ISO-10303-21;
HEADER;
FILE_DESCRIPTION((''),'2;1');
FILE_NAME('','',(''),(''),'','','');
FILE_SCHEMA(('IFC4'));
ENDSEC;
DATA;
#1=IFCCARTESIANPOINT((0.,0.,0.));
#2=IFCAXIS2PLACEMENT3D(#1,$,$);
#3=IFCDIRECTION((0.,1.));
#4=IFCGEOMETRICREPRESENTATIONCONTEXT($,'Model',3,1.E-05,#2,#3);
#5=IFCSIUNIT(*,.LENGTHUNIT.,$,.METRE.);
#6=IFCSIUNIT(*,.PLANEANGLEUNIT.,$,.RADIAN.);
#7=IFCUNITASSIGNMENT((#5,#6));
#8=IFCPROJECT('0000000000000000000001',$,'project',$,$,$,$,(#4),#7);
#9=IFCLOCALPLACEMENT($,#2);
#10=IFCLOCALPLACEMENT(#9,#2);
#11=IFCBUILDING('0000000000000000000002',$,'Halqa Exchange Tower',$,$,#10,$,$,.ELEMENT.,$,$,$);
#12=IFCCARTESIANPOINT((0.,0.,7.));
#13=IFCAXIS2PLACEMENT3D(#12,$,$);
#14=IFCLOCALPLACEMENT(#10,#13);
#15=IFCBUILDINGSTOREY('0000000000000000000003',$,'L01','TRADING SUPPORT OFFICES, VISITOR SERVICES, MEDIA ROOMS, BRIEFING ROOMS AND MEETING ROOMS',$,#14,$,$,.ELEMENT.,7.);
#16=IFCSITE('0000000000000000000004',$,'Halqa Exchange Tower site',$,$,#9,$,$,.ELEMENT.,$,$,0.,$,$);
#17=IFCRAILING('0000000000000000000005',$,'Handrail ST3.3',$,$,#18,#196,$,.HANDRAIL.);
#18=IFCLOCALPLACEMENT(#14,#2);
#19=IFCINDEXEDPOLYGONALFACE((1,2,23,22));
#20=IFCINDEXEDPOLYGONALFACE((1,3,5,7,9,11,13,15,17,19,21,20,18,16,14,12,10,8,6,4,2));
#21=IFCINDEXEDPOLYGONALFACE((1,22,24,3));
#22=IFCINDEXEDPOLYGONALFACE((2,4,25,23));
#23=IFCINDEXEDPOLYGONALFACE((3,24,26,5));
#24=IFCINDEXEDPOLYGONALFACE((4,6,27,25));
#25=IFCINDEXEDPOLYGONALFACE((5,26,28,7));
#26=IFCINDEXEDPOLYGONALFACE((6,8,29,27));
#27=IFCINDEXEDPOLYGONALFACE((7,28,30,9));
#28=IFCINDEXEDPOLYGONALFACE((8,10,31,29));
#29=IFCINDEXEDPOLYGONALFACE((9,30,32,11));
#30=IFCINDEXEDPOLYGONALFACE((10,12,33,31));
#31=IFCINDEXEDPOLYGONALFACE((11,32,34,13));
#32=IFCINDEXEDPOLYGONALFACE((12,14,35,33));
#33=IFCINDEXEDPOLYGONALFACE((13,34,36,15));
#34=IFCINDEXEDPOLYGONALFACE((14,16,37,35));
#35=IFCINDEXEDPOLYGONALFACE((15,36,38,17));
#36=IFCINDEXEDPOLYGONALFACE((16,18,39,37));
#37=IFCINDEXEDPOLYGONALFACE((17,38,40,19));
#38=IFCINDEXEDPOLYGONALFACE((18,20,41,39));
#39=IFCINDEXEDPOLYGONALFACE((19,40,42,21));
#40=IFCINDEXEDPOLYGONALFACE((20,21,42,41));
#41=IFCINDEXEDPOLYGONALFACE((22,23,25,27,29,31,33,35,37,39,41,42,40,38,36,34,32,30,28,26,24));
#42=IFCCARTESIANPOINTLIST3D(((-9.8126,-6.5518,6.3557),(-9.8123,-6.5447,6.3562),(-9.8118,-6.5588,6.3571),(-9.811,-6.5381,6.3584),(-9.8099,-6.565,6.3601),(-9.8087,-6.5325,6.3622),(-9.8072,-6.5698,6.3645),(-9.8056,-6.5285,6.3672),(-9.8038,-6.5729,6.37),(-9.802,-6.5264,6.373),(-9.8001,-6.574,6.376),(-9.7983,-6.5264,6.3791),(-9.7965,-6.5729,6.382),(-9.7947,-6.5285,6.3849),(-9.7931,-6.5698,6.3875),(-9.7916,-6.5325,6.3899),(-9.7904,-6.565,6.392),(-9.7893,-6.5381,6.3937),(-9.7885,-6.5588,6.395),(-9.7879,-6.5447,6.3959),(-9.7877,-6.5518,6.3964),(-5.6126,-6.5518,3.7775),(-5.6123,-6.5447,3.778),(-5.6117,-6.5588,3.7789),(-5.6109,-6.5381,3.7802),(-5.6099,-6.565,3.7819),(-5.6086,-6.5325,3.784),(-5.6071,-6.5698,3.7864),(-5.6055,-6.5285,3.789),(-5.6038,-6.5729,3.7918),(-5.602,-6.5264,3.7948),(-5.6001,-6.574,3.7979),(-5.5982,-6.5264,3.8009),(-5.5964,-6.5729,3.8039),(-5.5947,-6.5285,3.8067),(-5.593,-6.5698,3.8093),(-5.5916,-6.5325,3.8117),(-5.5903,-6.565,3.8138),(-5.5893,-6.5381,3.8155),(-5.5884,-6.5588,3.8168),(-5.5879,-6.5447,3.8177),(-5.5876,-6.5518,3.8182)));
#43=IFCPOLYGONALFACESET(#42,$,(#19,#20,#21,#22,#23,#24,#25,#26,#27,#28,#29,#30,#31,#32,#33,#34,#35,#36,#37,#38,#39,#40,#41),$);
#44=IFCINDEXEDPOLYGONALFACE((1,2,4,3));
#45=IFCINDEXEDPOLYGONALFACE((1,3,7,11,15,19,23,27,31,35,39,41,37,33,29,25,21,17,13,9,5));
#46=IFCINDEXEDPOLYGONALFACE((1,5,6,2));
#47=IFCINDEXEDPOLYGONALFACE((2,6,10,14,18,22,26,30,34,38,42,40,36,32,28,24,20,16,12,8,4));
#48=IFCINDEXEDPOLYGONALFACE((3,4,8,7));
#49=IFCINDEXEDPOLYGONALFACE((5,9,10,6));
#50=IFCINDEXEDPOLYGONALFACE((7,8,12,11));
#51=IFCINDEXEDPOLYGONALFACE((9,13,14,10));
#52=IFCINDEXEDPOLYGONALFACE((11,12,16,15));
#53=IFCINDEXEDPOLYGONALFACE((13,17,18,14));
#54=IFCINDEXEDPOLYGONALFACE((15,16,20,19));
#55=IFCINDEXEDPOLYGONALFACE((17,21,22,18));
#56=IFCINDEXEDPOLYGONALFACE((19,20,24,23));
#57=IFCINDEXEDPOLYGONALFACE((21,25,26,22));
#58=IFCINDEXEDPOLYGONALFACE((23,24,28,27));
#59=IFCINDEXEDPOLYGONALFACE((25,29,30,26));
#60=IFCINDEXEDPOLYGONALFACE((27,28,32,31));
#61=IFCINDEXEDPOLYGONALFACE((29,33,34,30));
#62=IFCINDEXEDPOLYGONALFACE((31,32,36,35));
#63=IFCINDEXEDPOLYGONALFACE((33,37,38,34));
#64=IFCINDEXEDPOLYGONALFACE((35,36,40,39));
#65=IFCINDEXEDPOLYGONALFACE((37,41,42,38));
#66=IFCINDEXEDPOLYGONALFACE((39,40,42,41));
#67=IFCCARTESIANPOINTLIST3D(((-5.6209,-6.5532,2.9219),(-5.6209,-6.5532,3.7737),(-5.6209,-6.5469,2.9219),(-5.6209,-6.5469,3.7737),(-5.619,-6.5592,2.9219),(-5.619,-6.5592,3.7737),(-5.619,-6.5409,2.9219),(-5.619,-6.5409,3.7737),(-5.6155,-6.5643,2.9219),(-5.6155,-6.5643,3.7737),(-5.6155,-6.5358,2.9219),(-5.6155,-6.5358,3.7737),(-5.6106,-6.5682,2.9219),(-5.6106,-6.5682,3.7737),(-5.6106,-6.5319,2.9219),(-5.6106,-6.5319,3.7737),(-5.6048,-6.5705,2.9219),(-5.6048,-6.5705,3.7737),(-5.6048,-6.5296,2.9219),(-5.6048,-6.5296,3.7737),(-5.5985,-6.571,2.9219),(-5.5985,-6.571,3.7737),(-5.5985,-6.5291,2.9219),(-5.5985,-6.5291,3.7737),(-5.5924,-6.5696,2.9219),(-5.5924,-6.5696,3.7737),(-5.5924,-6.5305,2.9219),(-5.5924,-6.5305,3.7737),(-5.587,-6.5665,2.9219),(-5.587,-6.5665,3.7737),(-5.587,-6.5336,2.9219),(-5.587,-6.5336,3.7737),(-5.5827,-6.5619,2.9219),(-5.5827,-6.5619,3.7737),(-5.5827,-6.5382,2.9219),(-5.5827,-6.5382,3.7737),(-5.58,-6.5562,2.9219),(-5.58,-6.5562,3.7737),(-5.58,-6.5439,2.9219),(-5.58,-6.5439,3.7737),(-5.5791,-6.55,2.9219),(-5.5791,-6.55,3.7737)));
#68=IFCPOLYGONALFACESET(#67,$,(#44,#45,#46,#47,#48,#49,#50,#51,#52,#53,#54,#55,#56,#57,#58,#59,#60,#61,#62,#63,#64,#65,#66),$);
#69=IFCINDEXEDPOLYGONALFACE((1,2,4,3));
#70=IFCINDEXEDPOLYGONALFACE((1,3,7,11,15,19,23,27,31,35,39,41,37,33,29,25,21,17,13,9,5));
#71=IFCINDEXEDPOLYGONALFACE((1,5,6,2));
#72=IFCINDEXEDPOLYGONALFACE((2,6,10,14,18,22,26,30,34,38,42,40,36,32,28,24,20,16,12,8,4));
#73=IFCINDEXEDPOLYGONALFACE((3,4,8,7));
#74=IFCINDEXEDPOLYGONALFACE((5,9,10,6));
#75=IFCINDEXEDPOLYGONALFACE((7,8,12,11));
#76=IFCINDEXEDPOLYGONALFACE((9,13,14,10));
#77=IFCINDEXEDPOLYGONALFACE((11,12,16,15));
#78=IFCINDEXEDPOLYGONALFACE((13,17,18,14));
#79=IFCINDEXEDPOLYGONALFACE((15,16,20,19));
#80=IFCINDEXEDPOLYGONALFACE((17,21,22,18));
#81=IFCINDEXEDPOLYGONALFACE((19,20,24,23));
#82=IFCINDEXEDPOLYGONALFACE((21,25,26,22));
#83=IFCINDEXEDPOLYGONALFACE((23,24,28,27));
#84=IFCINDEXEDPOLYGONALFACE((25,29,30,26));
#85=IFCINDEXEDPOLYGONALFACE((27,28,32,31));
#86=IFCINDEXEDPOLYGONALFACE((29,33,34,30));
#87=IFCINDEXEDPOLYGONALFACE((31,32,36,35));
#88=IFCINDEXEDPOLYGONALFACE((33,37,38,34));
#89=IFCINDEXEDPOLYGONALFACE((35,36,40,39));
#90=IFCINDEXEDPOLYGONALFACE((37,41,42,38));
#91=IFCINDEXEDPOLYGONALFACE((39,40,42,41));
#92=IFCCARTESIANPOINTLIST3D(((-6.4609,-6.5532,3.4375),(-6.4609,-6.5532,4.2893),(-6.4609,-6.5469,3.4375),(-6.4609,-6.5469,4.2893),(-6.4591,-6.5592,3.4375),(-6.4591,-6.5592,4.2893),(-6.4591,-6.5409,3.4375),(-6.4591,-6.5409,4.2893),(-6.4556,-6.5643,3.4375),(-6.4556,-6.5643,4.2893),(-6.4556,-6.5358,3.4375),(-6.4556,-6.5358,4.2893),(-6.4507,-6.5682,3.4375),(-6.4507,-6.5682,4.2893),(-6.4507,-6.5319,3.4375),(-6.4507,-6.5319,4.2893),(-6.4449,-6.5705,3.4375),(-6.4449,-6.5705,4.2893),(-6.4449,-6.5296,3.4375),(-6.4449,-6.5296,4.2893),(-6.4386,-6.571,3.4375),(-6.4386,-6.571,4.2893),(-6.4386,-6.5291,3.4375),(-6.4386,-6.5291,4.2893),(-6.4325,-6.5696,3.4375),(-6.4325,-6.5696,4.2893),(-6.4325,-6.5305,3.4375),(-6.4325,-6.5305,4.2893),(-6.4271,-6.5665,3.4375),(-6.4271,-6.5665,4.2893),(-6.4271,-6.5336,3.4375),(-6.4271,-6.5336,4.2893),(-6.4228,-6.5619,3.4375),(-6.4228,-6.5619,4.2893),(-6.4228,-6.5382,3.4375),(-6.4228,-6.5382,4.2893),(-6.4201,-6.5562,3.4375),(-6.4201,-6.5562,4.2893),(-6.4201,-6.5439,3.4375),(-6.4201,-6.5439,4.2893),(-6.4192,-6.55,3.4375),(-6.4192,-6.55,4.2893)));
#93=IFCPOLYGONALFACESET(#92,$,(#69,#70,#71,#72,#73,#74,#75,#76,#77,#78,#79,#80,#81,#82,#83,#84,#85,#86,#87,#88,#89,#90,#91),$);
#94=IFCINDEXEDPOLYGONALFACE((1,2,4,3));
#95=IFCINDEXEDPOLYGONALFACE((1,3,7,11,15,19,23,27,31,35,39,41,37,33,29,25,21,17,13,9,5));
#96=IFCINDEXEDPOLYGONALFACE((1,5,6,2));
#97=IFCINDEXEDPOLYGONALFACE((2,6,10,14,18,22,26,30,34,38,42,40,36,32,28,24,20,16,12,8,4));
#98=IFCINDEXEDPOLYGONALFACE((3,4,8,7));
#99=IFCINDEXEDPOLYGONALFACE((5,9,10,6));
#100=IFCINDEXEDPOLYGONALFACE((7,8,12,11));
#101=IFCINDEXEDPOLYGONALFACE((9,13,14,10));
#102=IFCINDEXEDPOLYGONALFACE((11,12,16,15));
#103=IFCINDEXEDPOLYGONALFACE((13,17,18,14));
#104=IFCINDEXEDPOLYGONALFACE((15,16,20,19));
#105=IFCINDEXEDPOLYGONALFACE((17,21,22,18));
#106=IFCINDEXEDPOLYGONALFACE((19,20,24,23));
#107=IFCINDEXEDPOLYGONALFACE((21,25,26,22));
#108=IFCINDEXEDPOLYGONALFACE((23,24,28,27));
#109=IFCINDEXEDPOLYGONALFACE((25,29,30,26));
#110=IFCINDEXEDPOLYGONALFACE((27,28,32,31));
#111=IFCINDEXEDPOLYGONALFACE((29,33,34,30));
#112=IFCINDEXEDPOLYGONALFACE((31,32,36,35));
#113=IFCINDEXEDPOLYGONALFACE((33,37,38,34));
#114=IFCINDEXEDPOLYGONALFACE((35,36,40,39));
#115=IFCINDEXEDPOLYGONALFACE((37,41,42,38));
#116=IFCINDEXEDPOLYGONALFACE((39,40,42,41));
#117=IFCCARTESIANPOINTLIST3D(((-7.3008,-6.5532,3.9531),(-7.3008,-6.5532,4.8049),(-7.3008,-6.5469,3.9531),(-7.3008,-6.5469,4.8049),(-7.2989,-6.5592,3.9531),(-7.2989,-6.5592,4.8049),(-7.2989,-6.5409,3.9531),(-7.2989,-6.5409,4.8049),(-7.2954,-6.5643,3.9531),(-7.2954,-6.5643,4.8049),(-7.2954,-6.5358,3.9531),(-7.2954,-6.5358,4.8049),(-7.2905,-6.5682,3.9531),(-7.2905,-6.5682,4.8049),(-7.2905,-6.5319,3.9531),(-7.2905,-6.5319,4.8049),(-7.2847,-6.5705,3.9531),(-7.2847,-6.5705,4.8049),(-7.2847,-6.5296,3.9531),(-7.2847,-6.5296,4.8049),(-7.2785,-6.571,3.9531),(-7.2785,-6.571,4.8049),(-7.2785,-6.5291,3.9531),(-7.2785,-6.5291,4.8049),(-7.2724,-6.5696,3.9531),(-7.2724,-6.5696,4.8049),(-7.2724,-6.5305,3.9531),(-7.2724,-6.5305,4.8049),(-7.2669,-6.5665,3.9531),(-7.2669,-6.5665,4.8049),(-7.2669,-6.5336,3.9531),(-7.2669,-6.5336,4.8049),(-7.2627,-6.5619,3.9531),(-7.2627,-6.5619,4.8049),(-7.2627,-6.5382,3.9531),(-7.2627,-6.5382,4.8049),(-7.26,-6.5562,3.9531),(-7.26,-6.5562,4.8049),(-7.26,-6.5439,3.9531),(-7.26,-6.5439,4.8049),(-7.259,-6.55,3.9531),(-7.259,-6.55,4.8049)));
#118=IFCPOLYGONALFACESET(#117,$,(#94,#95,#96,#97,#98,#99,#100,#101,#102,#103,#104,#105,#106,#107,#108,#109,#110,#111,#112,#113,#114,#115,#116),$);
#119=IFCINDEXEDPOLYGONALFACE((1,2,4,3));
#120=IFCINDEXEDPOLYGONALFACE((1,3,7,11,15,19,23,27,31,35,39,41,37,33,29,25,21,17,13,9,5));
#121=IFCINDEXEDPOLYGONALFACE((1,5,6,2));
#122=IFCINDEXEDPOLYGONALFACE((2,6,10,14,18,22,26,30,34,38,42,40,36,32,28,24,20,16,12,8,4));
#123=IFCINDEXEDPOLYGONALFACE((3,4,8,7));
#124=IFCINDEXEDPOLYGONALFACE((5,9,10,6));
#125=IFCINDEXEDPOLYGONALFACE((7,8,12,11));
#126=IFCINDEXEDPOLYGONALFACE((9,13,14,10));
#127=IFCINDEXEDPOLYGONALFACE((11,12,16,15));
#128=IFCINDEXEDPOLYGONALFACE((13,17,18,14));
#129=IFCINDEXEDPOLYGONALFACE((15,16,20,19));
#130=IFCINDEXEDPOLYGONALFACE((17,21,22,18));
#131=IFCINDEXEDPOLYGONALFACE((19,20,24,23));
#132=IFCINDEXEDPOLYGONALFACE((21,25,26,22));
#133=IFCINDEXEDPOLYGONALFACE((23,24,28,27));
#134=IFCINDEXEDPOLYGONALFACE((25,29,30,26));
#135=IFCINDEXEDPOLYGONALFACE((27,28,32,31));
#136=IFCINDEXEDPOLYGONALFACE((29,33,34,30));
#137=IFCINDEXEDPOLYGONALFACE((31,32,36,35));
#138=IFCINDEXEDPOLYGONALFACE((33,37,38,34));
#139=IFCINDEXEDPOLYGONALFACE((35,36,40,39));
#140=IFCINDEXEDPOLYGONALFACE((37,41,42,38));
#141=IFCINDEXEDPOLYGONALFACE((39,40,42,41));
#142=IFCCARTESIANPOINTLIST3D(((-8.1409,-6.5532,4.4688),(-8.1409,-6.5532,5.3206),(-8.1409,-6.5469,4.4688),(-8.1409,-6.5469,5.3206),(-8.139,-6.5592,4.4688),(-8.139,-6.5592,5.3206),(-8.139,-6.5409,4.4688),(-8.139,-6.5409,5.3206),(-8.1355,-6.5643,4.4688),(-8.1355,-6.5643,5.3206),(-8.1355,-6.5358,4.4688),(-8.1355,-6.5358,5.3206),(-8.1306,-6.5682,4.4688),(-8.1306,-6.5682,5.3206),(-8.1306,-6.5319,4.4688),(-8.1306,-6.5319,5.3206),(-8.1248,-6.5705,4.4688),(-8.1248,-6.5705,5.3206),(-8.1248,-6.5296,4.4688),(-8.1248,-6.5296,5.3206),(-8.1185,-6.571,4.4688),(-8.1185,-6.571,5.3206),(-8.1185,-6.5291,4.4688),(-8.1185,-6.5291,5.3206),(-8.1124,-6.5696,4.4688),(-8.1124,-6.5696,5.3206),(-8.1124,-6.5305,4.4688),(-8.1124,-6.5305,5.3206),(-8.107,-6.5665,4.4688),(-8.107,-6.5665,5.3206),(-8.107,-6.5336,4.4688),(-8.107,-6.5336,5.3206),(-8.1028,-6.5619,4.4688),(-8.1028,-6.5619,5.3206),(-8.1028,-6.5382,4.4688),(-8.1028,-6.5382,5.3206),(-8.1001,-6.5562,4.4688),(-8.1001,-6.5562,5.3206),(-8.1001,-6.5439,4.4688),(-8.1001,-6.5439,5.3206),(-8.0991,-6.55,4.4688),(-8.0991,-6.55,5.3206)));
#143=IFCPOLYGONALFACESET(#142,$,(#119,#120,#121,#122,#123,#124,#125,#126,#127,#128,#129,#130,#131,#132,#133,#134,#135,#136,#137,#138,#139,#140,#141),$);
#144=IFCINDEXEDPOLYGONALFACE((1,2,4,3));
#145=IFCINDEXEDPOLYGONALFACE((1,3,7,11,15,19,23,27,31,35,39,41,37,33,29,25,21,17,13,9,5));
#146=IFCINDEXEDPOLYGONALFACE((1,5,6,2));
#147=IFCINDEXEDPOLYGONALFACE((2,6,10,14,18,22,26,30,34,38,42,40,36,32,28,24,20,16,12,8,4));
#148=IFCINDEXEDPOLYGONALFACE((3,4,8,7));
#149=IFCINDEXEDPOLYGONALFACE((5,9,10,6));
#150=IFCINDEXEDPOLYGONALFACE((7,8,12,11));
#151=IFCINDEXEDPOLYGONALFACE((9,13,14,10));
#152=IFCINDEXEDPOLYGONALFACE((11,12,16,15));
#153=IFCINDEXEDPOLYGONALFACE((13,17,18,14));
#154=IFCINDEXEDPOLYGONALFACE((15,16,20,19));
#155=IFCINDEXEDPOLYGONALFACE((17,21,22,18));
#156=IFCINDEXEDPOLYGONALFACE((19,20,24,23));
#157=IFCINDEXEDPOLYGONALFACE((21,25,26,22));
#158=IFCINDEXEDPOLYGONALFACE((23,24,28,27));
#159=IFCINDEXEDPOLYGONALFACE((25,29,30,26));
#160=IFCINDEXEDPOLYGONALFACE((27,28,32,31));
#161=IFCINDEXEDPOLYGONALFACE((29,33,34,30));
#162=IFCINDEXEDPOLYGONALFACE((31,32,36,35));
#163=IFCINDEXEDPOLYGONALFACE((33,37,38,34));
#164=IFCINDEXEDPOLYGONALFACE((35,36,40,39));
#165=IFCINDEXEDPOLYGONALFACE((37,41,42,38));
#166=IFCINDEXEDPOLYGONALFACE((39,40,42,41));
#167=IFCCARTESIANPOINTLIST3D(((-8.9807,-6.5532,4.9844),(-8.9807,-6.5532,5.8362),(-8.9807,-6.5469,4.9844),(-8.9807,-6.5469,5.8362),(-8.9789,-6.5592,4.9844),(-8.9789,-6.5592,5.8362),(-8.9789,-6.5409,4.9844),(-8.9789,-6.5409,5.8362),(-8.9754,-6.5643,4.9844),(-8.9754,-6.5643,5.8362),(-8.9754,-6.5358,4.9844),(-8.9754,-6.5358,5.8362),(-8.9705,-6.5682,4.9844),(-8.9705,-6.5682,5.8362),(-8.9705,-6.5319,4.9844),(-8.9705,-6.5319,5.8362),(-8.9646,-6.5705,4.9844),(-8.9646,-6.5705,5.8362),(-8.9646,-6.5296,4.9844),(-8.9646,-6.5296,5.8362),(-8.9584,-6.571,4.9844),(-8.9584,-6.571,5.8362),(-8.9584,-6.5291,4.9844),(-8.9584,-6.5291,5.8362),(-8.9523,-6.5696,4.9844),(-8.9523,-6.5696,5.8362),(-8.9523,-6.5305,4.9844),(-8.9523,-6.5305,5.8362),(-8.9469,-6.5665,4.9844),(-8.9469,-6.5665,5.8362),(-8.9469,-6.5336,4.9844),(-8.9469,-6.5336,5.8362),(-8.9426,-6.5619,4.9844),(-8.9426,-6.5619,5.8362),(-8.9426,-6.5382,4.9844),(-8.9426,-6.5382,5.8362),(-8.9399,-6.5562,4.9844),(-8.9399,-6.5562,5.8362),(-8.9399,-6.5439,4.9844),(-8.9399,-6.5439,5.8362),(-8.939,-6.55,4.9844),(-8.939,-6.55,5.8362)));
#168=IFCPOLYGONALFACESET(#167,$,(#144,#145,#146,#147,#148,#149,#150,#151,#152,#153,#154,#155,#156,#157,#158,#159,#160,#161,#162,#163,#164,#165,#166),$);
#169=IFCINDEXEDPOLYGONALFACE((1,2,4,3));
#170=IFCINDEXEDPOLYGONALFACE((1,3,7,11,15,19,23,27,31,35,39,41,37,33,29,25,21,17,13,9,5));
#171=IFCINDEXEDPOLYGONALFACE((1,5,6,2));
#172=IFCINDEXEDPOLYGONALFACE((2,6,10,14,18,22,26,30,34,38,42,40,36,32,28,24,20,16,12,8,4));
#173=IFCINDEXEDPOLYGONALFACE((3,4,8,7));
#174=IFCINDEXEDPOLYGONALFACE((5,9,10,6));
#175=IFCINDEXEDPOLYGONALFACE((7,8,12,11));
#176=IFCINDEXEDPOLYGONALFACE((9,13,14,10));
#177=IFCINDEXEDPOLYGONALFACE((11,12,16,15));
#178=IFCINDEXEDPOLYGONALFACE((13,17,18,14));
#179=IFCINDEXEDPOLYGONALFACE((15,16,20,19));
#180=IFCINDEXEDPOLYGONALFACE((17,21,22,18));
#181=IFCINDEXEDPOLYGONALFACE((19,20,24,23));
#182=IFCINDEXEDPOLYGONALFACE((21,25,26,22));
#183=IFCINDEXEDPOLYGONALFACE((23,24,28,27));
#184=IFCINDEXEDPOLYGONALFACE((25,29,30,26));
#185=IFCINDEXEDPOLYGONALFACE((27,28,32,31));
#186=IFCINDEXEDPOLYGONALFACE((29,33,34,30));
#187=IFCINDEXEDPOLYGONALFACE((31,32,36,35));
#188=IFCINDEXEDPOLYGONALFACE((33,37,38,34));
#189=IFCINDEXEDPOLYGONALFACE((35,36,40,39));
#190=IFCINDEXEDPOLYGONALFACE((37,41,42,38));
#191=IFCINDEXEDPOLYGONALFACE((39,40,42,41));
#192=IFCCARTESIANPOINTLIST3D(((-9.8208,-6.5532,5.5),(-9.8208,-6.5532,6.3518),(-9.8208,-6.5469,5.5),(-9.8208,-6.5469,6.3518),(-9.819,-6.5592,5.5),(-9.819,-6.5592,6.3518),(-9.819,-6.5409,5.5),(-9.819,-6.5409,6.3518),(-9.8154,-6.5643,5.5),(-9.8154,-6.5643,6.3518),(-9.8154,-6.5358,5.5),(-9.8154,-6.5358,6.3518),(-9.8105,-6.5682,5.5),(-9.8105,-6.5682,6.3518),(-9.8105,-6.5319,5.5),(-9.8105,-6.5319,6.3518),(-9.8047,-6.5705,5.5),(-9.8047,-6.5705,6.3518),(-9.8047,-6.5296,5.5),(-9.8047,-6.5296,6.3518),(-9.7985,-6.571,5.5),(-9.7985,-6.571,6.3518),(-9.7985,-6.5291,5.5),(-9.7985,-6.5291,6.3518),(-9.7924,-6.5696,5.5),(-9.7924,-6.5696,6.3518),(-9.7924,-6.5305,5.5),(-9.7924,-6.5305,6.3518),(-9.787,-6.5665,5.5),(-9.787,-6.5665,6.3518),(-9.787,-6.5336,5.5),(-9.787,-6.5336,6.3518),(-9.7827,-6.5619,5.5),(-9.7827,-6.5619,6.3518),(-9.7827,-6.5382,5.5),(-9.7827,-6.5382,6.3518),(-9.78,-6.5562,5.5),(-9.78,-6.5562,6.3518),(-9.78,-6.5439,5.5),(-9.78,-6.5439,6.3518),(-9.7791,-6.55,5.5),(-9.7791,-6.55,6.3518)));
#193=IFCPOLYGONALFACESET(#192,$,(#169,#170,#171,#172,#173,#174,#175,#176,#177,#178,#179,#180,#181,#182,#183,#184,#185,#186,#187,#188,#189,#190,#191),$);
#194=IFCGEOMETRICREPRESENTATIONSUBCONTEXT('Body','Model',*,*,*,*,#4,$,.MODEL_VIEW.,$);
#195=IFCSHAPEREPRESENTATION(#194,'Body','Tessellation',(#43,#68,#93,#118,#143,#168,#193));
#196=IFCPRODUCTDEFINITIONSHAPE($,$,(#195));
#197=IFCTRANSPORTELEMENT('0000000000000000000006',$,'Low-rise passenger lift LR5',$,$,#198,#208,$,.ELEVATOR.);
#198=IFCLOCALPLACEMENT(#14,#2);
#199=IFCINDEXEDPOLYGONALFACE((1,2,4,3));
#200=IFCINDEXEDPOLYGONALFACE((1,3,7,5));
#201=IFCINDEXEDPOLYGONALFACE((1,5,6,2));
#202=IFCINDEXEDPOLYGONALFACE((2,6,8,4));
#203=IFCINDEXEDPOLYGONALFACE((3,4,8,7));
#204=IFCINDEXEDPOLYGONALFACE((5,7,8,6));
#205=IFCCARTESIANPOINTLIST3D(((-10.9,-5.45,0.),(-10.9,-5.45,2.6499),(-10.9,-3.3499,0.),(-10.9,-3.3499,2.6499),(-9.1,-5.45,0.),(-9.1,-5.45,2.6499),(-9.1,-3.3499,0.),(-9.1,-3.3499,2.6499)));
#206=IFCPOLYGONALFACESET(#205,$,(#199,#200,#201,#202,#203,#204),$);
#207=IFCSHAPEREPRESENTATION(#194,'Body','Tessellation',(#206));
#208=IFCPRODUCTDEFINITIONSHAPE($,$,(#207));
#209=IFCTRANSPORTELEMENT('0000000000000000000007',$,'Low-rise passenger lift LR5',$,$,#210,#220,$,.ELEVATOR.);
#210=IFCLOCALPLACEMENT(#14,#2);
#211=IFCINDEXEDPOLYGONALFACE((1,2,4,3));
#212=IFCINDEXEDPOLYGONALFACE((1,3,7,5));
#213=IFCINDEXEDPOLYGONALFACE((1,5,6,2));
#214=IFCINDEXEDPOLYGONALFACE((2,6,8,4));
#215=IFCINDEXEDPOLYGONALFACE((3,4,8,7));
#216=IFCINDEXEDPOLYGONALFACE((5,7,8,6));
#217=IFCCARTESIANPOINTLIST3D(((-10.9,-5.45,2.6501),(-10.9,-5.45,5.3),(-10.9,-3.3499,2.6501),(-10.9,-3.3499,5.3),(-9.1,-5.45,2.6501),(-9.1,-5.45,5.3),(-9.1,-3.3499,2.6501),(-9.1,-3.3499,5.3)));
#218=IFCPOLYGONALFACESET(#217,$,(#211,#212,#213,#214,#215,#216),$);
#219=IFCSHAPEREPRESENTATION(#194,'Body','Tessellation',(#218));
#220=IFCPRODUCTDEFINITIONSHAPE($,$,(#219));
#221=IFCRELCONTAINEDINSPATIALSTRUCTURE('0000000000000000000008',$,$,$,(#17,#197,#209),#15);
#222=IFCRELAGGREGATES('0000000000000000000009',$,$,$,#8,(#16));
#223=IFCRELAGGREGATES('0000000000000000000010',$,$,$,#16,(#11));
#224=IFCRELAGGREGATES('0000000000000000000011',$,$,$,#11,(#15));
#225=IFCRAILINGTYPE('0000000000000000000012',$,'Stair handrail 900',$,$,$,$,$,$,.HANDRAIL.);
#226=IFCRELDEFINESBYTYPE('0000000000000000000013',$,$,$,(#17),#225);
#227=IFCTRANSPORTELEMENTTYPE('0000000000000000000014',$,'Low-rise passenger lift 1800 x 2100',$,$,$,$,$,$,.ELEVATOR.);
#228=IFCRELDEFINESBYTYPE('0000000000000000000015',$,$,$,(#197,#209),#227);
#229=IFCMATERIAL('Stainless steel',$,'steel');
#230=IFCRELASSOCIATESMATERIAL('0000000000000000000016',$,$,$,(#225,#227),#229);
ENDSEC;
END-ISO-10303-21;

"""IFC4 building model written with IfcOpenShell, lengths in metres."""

from ifc_helpers import new_model, si_unit, direction, frame, origin, origin_2d, place, context, subcontext, project, spatial, rectangle, circle, extrude, material, type_object, element, save


model = new_model("IFC4")

# Units and contexts
model_context = context("Model", 3, precision=1e-05, world=origin(), true_north=direction((0.0, 1.0)))
body_context = subcontext(model_context, "Body", "Model", "MODEL_VIEW")
ifc_project = project(units=[si_unit("LENGTHUNIT", "METRE"), si_unit("PLANEANGLEUNIT", "RADIAN")], contexts=[model_context])

# Site, building, storey
site_placement = place(None, origin())
site = spatial("IfcSite", under=ifc_project, at=site_placement, Name="Halqa Exchange Tower site", CompositionType="ELEMENT", RefElevation=0.0)
building_placement = place(site_placement, origin())
building = spatial("IfcBuilding", under=site, at=building_placement, Name="Halqa Exchange Tower", CompositionType="ELEMENT")
storey_placement = place(building_placement, frame((0.0, 0.0, 7.0)))
storey = spatial("IfcBuildingStorey", under=building, at=storey_placement, Name="L01", Description="TRADING SUPPORT OFFICES, VISITOR SERVICES, MEDIA ROOMS, BRIEFING ROOMS AND MEETING ROOMS", CompositionType="ELEMENT", Elevation=7.0)

# Shared definitions
ifc_material_1 = material(Name="Stainless steel", Category="steel")

# Railing
railing_type = type_object("IfcRailingType", Name="Stair handrail 900", PredefinedType="HANDRAIL", material=ifc_material_1)
railing_1_placement = place(storey_placement, frame((-5.6001, -6.55, 2.9219)))
element("IfcRailing", 1, at=railing_1_placement, inside=storey, type_object=railing_type, Name="Handrail ST3.3", PredefinedType="HANDRAIL", context=body_context, shape_type="SweptSolid", body=[
    extrude(circle(Radius=0.0239, at=origin_2d()), frame((0.0, 0.0, 0.876), z_axis=(-0.852243, 0.0, 0.523146), x_axis=(0.0, -1.0, 0.0)), (0.0, 0.0, 1.0), 4.9282),
    extrude(circle(Radius=0.021, at=origin_2d()), origin(), (0.0, 0.0, 1.0), 0.8518),
    extrude(circle(Radius=0.021, at=origin_2d()), frame((-0.8401, 0.0, 0.5156)), (0.0, 0.0, 1.0), 0.8518),
    extrude(circle(Radius=0.021, at=origin_2d()), frame((-1.6799, 0.0, 1.0312)), (0.0, 0.0, 1.0), 0.8518),
    extrude(circle(Radius=0.021, at=origin_2d()), frame((-2.52, 0.0, 1.5469)), (0.0, 0.0, 1.0), 0.8518),
    extrude(circle(Radius=0.021, at=origin_2d()), frame((-3.3599, 0.0, 2.0625)), (0.0, 0.0, 1.0), 0.8518),
    extrude(circle(Radius=0.021, at=origin_2d()), frame((-4.2, 0.0, 2.5781)), (0.0, 0.0, 1.0), 0.8518),
])

# Transport elements
transport_element_type = type_object("IfcTransportElementType", Name="Low-rise passenger lift 1800 x 2100", PredefinedType="ELEVATOR", material=ifc_material_1)
for number, where, z_axis, x_axis, name in (
    (2, (-10.0, -4.3999, 0.0), (0.0, 0.0, 1.0), (1.0, 0.0, 0.0), "Low-rise passenger lift LR5"),
    (3, (-10.0, -4.3999, 2.6501), (0.0, 0.0, 1.0), (1.0, 0.0, 0.0), "Low-rise passenger lift LR5"),
):
    element("IfcTransportElement", number, at=place(storey_placement, frame(where, z_axis=z_axis, x_axis=x_axis)), inside=storey, type_object=transport_element_type, Name=name, PredefinedType="ELEVATOR", context=body_context, shape_type="SweptSolid", body=[
        extrude(rectangle(XDim=1.8, YDim=2.1001, at=origin_2d()), origin(), (0.0, 0.0, 1.0), 2.6499),
    ])

save(model, "model.ifc")
